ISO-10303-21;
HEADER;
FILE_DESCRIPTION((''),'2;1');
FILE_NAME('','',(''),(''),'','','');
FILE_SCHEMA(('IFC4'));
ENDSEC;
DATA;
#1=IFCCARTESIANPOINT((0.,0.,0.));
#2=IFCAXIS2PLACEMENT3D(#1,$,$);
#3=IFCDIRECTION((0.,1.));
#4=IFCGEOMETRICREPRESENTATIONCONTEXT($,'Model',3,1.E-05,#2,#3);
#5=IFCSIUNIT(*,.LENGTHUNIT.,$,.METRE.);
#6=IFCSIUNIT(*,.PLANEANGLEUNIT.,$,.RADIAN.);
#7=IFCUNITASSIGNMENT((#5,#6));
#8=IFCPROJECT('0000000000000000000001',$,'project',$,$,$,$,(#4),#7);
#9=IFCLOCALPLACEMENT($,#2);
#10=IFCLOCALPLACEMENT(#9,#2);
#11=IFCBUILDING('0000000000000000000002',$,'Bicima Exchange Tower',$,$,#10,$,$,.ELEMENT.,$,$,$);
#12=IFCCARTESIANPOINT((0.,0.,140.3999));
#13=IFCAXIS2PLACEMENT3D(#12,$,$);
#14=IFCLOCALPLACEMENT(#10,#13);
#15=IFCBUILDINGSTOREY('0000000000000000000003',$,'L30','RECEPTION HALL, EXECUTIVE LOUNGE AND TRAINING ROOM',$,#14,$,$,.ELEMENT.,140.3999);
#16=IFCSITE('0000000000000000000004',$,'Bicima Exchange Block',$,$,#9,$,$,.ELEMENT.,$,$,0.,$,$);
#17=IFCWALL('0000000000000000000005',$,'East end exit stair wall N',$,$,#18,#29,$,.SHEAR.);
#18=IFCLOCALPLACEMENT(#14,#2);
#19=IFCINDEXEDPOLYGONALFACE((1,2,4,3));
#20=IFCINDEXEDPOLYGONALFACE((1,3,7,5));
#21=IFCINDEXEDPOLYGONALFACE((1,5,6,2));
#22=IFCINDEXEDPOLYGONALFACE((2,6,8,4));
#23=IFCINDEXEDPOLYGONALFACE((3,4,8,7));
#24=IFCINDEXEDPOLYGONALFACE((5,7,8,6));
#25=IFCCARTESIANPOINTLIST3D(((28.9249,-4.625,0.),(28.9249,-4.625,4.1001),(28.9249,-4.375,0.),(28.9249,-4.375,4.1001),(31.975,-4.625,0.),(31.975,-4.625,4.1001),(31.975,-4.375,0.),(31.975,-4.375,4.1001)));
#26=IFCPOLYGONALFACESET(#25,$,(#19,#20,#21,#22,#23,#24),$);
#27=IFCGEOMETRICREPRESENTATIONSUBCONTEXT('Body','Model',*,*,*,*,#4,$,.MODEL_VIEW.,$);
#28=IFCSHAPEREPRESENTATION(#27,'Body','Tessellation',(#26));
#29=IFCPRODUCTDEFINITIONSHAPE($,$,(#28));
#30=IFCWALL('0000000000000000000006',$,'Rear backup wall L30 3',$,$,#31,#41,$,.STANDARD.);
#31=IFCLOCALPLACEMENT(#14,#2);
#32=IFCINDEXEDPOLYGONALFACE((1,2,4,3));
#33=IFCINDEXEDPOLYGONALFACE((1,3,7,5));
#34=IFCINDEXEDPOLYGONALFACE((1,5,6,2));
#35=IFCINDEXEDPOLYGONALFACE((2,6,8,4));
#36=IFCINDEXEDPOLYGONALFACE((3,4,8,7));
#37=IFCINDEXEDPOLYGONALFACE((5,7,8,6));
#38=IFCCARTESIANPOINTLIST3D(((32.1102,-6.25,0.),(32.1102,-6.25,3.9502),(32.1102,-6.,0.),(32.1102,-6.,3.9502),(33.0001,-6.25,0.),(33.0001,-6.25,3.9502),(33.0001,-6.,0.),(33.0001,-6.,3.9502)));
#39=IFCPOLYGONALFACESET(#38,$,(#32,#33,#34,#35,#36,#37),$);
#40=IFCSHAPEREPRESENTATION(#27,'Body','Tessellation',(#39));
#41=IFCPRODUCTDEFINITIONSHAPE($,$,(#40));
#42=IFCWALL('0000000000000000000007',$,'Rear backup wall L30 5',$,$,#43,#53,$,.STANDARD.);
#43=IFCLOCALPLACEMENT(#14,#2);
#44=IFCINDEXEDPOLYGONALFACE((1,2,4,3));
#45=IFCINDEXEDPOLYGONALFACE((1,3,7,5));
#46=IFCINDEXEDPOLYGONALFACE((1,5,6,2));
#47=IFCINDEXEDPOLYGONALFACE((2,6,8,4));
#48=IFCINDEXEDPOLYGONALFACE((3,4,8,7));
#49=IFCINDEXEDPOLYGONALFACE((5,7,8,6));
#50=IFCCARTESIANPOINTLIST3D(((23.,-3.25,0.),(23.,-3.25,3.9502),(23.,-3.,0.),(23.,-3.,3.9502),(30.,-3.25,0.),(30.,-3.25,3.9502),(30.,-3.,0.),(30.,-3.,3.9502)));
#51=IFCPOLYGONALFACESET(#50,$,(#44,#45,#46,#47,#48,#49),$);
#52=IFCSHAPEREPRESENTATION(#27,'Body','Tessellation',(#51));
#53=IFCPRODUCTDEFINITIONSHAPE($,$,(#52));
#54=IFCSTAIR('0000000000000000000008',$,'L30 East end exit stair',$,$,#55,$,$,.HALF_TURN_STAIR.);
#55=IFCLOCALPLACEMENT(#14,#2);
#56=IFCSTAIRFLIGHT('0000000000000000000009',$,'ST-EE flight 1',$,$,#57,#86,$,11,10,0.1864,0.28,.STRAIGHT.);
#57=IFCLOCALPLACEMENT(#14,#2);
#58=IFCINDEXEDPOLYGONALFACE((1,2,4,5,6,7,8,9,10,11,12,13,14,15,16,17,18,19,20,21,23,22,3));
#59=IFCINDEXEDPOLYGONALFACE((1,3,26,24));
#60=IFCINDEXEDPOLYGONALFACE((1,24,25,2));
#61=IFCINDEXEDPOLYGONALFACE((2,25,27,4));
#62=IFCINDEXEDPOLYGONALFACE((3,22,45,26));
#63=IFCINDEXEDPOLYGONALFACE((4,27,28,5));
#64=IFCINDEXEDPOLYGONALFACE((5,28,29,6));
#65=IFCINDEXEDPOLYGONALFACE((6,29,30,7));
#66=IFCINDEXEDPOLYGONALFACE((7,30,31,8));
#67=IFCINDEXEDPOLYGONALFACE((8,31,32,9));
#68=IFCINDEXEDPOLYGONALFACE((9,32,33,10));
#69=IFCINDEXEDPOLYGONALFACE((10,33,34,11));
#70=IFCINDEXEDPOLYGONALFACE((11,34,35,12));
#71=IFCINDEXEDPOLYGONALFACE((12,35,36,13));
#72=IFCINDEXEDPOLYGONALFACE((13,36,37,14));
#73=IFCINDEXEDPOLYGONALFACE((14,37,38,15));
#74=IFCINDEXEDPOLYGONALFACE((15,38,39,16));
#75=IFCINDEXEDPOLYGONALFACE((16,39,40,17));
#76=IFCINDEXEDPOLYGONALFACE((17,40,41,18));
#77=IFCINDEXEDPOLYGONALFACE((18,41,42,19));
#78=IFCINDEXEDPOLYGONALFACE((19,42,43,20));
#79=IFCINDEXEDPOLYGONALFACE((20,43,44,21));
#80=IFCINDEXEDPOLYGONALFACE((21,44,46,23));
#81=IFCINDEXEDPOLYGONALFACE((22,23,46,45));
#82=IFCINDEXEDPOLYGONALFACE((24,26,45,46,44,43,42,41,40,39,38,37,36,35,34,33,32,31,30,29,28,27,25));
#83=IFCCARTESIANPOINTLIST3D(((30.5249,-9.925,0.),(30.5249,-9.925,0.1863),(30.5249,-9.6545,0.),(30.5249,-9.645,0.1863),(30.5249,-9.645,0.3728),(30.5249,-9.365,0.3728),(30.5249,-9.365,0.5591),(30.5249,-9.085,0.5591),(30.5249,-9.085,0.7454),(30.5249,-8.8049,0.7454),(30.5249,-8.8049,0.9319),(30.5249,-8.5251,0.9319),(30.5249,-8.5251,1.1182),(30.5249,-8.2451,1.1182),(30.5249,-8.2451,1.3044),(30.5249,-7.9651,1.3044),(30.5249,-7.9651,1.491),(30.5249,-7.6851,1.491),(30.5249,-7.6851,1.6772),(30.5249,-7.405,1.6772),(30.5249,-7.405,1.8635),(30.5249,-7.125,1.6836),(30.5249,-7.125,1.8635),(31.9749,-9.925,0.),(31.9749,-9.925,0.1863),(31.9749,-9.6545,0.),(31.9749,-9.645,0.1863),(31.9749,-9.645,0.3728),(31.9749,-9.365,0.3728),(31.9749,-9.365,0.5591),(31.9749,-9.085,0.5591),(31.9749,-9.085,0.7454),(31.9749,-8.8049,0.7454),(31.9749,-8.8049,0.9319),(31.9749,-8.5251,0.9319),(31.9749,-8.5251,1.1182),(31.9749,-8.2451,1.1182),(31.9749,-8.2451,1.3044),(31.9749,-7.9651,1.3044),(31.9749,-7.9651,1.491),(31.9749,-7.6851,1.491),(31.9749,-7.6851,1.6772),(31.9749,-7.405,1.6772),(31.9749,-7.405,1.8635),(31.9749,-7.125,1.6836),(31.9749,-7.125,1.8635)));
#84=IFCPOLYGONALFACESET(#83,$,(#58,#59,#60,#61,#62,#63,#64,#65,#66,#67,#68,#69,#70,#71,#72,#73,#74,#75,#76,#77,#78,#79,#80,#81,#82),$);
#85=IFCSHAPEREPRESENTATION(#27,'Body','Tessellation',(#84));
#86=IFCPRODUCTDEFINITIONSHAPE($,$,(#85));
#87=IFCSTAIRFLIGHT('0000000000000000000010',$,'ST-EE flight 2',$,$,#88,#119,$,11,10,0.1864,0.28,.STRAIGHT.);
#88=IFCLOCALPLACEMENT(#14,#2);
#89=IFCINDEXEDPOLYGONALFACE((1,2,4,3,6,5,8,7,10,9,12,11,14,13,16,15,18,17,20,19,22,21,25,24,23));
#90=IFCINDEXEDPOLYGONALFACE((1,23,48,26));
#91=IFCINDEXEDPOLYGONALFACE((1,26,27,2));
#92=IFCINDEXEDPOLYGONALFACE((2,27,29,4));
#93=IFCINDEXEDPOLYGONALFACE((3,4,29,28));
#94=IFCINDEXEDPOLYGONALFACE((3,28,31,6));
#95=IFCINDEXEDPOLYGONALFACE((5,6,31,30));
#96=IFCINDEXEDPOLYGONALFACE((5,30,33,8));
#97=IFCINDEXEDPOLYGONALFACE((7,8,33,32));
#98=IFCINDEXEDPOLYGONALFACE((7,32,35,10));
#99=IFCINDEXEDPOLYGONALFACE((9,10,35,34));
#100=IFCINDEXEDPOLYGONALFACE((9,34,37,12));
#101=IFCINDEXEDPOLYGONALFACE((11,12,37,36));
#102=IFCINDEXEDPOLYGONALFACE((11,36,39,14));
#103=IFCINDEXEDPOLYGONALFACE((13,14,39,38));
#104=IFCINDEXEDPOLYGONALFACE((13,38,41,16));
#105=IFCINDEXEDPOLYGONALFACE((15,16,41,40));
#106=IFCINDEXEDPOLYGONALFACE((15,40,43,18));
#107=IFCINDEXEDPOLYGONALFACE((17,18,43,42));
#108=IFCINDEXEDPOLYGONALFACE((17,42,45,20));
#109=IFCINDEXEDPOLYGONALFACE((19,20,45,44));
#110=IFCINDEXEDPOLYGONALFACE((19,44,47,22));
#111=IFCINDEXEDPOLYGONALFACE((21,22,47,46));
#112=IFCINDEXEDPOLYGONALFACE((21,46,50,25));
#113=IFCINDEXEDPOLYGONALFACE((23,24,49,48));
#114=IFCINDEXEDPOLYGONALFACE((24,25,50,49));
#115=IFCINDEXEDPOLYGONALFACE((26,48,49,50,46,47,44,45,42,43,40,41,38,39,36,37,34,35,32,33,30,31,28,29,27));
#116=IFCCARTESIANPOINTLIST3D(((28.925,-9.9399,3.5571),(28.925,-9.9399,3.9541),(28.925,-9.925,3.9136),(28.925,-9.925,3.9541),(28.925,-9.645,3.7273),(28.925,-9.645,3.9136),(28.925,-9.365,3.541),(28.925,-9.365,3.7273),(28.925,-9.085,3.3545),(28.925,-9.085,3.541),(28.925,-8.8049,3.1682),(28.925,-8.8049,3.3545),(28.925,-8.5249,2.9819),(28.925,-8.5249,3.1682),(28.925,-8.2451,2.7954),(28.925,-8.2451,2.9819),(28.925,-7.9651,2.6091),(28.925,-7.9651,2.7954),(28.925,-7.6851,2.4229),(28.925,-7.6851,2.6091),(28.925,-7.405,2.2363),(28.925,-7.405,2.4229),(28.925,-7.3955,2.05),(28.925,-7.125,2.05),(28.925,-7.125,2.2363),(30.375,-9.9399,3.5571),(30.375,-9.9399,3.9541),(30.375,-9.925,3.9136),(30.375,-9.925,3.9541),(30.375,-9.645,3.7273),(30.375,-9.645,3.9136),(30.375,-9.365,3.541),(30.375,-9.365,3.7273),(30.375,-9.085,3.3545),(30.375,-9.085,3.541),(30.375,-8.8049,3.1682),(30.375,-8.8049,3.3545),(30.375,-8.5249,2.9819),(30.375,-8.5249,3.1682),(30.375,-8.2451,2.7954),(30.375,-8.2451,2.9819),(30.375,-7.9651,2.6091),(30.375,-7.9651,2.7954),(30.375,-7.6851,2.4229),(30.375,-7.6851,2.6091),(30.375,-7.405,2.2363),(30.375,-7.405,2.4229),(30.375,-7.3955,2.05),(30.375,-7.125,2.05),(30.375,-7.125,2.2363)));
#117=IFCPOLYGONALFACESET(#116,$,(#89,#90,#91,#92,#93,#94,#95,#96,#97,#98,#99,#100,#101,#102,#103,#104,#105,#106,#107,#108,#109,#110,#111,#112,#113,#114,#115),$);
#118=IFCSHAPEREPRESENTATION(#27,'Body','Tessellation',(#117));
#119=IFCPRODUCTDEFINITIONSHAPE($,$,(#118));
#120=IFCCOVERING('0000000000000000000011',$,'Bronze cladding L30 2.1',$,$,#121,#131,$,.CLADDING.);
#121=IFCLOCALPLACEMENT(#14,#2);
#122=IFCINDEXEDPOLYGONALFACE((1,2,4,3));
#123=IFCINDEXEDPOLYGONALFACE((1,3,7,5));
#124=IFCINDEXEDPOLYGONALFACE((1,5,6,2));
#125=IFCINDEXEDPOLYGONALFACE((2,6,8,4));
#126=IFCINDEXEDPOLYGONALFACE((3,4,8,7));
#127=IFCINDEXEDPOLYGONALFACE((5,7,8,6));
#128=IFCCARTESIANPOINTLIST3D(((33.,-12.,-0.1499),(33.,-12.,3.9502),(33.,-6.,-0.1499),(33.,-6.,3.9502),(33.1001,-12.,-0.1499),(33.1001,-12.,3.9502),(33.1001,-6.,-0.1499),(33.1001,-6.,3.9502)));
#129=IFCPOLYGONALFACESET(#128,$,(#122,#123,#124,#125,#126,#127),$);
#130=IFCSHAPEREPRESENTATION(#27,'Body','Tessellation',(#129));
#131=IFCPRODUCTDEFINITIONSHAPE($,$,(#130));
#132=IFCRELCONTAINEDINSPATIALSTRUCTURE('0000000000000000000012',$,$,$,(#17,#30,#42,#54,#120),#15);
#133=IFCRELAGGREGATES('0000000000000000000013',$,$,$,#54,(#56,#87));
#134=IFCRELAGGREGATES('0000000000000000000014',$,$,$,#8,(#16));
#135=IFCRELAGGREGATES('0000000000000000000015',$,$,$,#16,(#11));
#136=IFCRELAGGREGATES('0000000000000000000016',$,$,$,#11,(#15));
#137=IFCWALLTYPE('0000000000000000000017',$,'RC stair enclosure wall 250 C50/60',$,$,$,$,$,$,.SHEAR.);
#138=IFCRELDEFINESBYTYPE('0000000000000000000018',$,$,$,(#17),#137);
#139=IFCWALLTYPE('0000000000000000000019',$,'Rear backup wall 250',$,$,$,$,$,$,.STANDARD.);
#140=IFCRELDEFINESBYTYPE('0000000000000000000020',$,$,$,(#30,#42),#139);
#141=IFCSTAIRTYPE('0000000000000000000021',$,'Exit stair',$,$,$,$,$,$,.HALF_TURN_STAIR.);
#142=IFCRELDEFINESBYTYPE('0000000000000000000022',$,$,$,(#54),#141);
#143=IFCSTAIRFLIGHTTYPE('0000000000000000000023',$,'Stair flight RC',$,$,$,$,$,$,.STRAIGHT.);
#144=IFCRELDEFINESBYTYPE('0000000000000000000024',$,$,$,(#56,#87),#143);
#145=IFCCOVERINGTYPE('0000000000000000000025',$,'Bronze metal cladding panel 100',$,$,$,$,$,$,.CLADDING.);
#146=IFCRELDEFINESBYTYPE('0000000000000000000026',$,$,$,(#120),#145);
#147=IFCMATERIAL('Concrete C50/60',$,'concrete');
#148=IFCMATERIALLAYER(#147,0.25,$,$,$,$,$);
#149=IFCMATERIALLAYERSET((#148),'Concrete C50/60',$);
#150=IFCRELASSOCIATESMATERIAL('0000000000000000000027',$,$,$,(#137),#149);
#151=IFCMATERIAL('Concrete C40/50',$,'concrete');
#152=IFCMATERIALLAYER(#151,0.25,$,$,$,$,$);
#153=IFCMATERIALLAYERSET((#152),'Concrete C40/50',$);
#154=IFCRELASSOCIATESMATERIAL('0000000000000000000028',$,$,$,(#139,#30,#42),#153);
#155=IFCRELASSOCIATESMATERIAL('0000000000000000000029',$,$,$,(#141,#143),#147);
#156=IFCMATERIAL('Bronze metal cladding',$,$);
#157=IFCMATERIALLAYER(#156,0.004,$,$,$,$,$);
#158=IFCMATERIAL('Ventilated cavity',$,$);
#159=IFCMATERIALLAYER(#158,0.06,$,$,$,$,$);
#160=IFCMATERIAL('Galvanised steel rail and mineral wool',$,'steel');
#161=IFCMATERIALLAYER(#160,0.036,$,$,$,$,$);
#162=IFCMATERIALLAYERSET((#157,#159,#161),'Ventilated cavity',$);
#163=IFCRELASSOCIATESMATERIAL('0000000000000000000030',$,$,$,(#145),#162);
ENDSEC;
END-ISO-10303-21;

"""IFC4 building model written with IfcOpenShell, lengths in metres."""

from ifc_helpers import new_model, si_unit, direction, frame, frame_2d, origin, origin_2d, place, context, subcontext, project, spatial, polyline, rectangle, outline, extrude, material, layer, layer_set, layer_usage, type_object, element, aggregate, save


model = new_model("IFC4")

# Units and contexts
model_context = context("Model", 3, precision=1e-05, world=origin(), true_north=direction((0.0, 1.0)))
body_context = subcontext(model_context, "Body", "Model", "MODEL_VIEW")
ifc_project = project(units=[si_unit("LENGTHUNIT", "METRE"), si_unit("PLANEANGLEUNIT", "RADIAN")], contexts=[model_context])

# Site, building, storey
site_placement = place(None, origin())
site = spatial("IfcSite", under=ifc_project, at=site_placement, Name="Bicima Exchange Block", CompositionType="ELEMENT", RefElevation=0.0)
building_placement = place(site_placement, origin())
building = spatial("IfcBuilding", under=site, at=building_placement, Name="Bicima Exchange Tower", CompositionType="ELEMENT")
storey_placement = place(building_placement, frame((0.0, 0.0, 140.3999)))
storey = spatial("IfcBuildingStorey", under=building, at=storey_placement, Name="L30", Description="RECEPTION HALL, EXECUTIVE LOUNGE AND TRAINING ROOM", CompositionType="ELEMENT", Elevation=140.3999)

# Walls
ifc_material_1 = material(Name="Concrete C50/60", Category="concrete")
ifc_layer_1 = layer(ifc_material_1, 0.25)
ifc_layer_set_1 = layer_set([ifc_layer_1], Name="Concrete C50/60")
wall_type_1 = type_object("IfcWallType", Name="RC stair enclosure wall 250 C50/60", PredefinedType="SHEAR", material=ifc_layer_set_1)
wall_1_placement = place(storey_placement, frame((28.925, -4.5, 0.0), z_axis=(0.0, 0.0, 1.0), x_axis=(1.0, 0.0, 0.0)))
element("IfcWall", 1, at=wall_1_placement, inside=storey, type_object=wall_type_1, Name="East end exit stair wall N", PredefinedType="SHEAR", context=body_context, shape_type="SweptSolid", body=[
    extrude(rectangle(XDim=3.05, YDim=0.25, at=frame_2d((1.5249, 0.0))), origin(), (0.0, 0.0, 1.0), 4.1001),
])
ifc_material_2 = material(Name="Concrete C40/50", Category="concrete")
ifc_layer_2 = layer(ifc_material_2, 0.25)
ifc_layer_set_2 = layer_set([ifc_layer_2], Name="Concrete C40/50")
ifc_layer_usage = layer_usage(ifc_layer_set_2, "AXIS2", "POSITIVE", -0.125)
wall_type_2 = type_object("IfcWallType", Name="Rear backup wall 250", PredefinedType="STANDARD", material=ifc_layer_set_2)
wall_2_placement = place(storey_placement, frame((33.0, -6.125, 0.0), z_axis=(0.0, 0.0, 1.0), x_axis=(-1.0, 0.0, 0.0)))
element("IfcWall", 2, at=wall_2_placement, inside=storey, type_object=wall_type_2, material=ifc_layer_usage, Name="Rear backup wall L30 3", PredefinedType="STANDARD", context=body_context, shape_type="SweptSolid", body=[
    extrude(rectangle(XDim=0.8899, YDim=0.25, at=frame_2d((0.4448, 0.0))), origin(), (0.0, 0.0, 1.0), 3.9502),
])
wall_3_placement = place(storey_placement, frame((30.0, -3.125, 0.0), z_axis=(0.0, 0.0, 1.0), x_axis=(-1.0, 0.0, 0.0)))
element("IfcWall", 3, at=wall_3_placement, inside=storey, type_object=wall_type_2, material=ifc_layer_usage, Name="Rear backup wall L30 5", PredefinedType="STANDARD", context=body_context, shape_type="SweptSolid", body=[
    extrude(rectangle(XDim=7.0, YDim=0.25, at=frame_2d((3.5, 0.0))), origin(), (0.0, 0.0, 1.0), 3.9502),
])

# Stair, stair flights
stair_type = type_object("IfcStairType", Name="Exit stair", PredefinedType="HALF_TURN_STAIR", material=ifc_material_1)
stair_placement = place(storey_placement, origin())
stair = element("IfcStair", 4, at=stair_placement, inside=storey, type_object=stair_type, Name="L30 East end exit stair", PredefinedType="HALF_TURN_STAIR")
stair_flight_type = type_object("IfcStairFlightType", Name="Stair flight RC", PredefinedType="STRAIGHT", material=ifc_material_1)
stair_flight_1_placement = place(storey_placement, frame((31.25, -9.925, 0.0), z_axis=(0.0, 0.0, 1.0), x_axis=(0.0, 1.0, 0.0)))
stair_flight_1 = element("IfcStairFlight", 5, at=stair_flight_1_placement, type_object=stair_flight_type, Name="ST-EE flight 1", NumberOfRisers=11, NumberOfTreads=10, PredefinedType="STRAIGHT", RiserHeight=0.1864, TreadLength=0.28, context=body_context, shape_type="SweptSolid", body=[
    extrude(outline(polyline([(0.0, 0.0), (0.0, 0.1863), (0.28, 0.1863), (0.28, 0.3728), (0.5601, 0.3728), (0.5601, 0.5591), (0.8401, 0.5591), (0.8401, 0.7454), (1.1201, 0.7454), (1.1201, 0.9319), (1.3999, 0.9319), (1.3999, 1.1182), (1.6799, 1.1182), (1.6799, 1.3044), (1.96, 1.3044), (1.96, 1.491), (2.24, 1.491), (2.24, 1.6772), (2.52, 1.6772), (2.52, 1.8635), (2.8, 1.8635), (2.8, 2.05), (2.8, 1.6836), (0.2705, 0.0), (0.0, 0.0)])), frame((0.0, 0.7251, 0.0), z_axis=(0.0, -1.0, 0.0), x_axis=(1.0, 0.0, 0.0)), (0.0, 0.0, 1.0), 1.45),
])
stair_flight_2_placement = place(storey_placement, frame((29.6499, -7.125, 2.05), z_axis=(0.0, 0.0, 1.0), x_axis=(0.0, -1.0, 0.0)))
stair_flight_2 = element("IfcStairFlight", 6, at=stair_flight_2_placement, type_object=stair_flight_type, Name="ST-EE flight 2", NumberOfRisers=11, NumberOfTreads=10, PredefinedType="STRAIGHT", RiserHeight=0.1864, TreadLength=0.28, context=body_context, shape_type="SweptSolid", body=[
    extrude(outline(polyline([(0.0, 0.0), (0.0, 0.1863), (0.28, 0.1863), (0.28, 0.3728), (0.5601, 0.3728), (0.5601, 0.5591), (0.8401, 0.5591), (0.8401, 0.7454), (1.1201, 0.7454), (1.1201, 0.9319), (1.3999, 0.9319), (1.3999, 1.1182), (1.6799, 1.1182), (1.6799, 1.3044), (1.96, 1.3044), (1.96, 1.491), (2.24, 1.491), (2.24, 1.6772), (2.52, 1.6772), (2.52, 1.8635), (2.8, 1.8635), (2.8, 1.9041), (2.8149, 1.9041), (2.8149, 1.5071), (0.2705, 0.0), (0.0, 0.0)])), frame((0.0, 0.7251, 0.0), z_axis=(0.0, -1.0, 0.0), x_axis=(1.0, 0.0, 0.0)), (0.0, 0.0, 1.0), 1.45),
])
aggregate(stair, [stair_flight_1, stair_flight_2])

# Covering
ifc_material_3 = material(Name="Bronze metal cladding")
ifc_layer_3 = layer(ifc_material_3, 0.004)
ifc_material_4 = material(Name="Ventilated cavity")
ifc_layer_4 = layer(ifc_material_4, 0.06)
ifc_material_5 = material(Name="Galvanised steel rail and mineral wool", Category="steel")
ifc_layer_5 = layer(ifc_material_5, 0.036)
ifc_layer_set_3 = layer_set([ifc_layer_3, ifc_layer_4, ifc_layer_5], Name="Ventilated cavity")
covering_type = type_object("IfcCoveringType", Name="Bronze metal cladding panel 100", PredefinedType="CLADDING", material=ifc_layer_set_3)
covering_placement = place(storey_placement, frame((33.05, -9.0, -0.1499), z_axis=(0.0, 0.0, 1.0), x_axis=(0.0, 1.0, 0.0)))
element("IfcCovering", 7, at=covering_placement, inside=storey, type_object=covering_type, Name="Bronze cladding L30 2.1", PredefinedType="CLADDING", context=body_context, shape_type="SweptSolid", body=[
    extrude(rectangle(XDim=6.0, YDim=0.1001, at=origin_2d()), origin(), (0.0, 0.0, 1.0), 4.1001),
])

save(model, "model.ifc")
